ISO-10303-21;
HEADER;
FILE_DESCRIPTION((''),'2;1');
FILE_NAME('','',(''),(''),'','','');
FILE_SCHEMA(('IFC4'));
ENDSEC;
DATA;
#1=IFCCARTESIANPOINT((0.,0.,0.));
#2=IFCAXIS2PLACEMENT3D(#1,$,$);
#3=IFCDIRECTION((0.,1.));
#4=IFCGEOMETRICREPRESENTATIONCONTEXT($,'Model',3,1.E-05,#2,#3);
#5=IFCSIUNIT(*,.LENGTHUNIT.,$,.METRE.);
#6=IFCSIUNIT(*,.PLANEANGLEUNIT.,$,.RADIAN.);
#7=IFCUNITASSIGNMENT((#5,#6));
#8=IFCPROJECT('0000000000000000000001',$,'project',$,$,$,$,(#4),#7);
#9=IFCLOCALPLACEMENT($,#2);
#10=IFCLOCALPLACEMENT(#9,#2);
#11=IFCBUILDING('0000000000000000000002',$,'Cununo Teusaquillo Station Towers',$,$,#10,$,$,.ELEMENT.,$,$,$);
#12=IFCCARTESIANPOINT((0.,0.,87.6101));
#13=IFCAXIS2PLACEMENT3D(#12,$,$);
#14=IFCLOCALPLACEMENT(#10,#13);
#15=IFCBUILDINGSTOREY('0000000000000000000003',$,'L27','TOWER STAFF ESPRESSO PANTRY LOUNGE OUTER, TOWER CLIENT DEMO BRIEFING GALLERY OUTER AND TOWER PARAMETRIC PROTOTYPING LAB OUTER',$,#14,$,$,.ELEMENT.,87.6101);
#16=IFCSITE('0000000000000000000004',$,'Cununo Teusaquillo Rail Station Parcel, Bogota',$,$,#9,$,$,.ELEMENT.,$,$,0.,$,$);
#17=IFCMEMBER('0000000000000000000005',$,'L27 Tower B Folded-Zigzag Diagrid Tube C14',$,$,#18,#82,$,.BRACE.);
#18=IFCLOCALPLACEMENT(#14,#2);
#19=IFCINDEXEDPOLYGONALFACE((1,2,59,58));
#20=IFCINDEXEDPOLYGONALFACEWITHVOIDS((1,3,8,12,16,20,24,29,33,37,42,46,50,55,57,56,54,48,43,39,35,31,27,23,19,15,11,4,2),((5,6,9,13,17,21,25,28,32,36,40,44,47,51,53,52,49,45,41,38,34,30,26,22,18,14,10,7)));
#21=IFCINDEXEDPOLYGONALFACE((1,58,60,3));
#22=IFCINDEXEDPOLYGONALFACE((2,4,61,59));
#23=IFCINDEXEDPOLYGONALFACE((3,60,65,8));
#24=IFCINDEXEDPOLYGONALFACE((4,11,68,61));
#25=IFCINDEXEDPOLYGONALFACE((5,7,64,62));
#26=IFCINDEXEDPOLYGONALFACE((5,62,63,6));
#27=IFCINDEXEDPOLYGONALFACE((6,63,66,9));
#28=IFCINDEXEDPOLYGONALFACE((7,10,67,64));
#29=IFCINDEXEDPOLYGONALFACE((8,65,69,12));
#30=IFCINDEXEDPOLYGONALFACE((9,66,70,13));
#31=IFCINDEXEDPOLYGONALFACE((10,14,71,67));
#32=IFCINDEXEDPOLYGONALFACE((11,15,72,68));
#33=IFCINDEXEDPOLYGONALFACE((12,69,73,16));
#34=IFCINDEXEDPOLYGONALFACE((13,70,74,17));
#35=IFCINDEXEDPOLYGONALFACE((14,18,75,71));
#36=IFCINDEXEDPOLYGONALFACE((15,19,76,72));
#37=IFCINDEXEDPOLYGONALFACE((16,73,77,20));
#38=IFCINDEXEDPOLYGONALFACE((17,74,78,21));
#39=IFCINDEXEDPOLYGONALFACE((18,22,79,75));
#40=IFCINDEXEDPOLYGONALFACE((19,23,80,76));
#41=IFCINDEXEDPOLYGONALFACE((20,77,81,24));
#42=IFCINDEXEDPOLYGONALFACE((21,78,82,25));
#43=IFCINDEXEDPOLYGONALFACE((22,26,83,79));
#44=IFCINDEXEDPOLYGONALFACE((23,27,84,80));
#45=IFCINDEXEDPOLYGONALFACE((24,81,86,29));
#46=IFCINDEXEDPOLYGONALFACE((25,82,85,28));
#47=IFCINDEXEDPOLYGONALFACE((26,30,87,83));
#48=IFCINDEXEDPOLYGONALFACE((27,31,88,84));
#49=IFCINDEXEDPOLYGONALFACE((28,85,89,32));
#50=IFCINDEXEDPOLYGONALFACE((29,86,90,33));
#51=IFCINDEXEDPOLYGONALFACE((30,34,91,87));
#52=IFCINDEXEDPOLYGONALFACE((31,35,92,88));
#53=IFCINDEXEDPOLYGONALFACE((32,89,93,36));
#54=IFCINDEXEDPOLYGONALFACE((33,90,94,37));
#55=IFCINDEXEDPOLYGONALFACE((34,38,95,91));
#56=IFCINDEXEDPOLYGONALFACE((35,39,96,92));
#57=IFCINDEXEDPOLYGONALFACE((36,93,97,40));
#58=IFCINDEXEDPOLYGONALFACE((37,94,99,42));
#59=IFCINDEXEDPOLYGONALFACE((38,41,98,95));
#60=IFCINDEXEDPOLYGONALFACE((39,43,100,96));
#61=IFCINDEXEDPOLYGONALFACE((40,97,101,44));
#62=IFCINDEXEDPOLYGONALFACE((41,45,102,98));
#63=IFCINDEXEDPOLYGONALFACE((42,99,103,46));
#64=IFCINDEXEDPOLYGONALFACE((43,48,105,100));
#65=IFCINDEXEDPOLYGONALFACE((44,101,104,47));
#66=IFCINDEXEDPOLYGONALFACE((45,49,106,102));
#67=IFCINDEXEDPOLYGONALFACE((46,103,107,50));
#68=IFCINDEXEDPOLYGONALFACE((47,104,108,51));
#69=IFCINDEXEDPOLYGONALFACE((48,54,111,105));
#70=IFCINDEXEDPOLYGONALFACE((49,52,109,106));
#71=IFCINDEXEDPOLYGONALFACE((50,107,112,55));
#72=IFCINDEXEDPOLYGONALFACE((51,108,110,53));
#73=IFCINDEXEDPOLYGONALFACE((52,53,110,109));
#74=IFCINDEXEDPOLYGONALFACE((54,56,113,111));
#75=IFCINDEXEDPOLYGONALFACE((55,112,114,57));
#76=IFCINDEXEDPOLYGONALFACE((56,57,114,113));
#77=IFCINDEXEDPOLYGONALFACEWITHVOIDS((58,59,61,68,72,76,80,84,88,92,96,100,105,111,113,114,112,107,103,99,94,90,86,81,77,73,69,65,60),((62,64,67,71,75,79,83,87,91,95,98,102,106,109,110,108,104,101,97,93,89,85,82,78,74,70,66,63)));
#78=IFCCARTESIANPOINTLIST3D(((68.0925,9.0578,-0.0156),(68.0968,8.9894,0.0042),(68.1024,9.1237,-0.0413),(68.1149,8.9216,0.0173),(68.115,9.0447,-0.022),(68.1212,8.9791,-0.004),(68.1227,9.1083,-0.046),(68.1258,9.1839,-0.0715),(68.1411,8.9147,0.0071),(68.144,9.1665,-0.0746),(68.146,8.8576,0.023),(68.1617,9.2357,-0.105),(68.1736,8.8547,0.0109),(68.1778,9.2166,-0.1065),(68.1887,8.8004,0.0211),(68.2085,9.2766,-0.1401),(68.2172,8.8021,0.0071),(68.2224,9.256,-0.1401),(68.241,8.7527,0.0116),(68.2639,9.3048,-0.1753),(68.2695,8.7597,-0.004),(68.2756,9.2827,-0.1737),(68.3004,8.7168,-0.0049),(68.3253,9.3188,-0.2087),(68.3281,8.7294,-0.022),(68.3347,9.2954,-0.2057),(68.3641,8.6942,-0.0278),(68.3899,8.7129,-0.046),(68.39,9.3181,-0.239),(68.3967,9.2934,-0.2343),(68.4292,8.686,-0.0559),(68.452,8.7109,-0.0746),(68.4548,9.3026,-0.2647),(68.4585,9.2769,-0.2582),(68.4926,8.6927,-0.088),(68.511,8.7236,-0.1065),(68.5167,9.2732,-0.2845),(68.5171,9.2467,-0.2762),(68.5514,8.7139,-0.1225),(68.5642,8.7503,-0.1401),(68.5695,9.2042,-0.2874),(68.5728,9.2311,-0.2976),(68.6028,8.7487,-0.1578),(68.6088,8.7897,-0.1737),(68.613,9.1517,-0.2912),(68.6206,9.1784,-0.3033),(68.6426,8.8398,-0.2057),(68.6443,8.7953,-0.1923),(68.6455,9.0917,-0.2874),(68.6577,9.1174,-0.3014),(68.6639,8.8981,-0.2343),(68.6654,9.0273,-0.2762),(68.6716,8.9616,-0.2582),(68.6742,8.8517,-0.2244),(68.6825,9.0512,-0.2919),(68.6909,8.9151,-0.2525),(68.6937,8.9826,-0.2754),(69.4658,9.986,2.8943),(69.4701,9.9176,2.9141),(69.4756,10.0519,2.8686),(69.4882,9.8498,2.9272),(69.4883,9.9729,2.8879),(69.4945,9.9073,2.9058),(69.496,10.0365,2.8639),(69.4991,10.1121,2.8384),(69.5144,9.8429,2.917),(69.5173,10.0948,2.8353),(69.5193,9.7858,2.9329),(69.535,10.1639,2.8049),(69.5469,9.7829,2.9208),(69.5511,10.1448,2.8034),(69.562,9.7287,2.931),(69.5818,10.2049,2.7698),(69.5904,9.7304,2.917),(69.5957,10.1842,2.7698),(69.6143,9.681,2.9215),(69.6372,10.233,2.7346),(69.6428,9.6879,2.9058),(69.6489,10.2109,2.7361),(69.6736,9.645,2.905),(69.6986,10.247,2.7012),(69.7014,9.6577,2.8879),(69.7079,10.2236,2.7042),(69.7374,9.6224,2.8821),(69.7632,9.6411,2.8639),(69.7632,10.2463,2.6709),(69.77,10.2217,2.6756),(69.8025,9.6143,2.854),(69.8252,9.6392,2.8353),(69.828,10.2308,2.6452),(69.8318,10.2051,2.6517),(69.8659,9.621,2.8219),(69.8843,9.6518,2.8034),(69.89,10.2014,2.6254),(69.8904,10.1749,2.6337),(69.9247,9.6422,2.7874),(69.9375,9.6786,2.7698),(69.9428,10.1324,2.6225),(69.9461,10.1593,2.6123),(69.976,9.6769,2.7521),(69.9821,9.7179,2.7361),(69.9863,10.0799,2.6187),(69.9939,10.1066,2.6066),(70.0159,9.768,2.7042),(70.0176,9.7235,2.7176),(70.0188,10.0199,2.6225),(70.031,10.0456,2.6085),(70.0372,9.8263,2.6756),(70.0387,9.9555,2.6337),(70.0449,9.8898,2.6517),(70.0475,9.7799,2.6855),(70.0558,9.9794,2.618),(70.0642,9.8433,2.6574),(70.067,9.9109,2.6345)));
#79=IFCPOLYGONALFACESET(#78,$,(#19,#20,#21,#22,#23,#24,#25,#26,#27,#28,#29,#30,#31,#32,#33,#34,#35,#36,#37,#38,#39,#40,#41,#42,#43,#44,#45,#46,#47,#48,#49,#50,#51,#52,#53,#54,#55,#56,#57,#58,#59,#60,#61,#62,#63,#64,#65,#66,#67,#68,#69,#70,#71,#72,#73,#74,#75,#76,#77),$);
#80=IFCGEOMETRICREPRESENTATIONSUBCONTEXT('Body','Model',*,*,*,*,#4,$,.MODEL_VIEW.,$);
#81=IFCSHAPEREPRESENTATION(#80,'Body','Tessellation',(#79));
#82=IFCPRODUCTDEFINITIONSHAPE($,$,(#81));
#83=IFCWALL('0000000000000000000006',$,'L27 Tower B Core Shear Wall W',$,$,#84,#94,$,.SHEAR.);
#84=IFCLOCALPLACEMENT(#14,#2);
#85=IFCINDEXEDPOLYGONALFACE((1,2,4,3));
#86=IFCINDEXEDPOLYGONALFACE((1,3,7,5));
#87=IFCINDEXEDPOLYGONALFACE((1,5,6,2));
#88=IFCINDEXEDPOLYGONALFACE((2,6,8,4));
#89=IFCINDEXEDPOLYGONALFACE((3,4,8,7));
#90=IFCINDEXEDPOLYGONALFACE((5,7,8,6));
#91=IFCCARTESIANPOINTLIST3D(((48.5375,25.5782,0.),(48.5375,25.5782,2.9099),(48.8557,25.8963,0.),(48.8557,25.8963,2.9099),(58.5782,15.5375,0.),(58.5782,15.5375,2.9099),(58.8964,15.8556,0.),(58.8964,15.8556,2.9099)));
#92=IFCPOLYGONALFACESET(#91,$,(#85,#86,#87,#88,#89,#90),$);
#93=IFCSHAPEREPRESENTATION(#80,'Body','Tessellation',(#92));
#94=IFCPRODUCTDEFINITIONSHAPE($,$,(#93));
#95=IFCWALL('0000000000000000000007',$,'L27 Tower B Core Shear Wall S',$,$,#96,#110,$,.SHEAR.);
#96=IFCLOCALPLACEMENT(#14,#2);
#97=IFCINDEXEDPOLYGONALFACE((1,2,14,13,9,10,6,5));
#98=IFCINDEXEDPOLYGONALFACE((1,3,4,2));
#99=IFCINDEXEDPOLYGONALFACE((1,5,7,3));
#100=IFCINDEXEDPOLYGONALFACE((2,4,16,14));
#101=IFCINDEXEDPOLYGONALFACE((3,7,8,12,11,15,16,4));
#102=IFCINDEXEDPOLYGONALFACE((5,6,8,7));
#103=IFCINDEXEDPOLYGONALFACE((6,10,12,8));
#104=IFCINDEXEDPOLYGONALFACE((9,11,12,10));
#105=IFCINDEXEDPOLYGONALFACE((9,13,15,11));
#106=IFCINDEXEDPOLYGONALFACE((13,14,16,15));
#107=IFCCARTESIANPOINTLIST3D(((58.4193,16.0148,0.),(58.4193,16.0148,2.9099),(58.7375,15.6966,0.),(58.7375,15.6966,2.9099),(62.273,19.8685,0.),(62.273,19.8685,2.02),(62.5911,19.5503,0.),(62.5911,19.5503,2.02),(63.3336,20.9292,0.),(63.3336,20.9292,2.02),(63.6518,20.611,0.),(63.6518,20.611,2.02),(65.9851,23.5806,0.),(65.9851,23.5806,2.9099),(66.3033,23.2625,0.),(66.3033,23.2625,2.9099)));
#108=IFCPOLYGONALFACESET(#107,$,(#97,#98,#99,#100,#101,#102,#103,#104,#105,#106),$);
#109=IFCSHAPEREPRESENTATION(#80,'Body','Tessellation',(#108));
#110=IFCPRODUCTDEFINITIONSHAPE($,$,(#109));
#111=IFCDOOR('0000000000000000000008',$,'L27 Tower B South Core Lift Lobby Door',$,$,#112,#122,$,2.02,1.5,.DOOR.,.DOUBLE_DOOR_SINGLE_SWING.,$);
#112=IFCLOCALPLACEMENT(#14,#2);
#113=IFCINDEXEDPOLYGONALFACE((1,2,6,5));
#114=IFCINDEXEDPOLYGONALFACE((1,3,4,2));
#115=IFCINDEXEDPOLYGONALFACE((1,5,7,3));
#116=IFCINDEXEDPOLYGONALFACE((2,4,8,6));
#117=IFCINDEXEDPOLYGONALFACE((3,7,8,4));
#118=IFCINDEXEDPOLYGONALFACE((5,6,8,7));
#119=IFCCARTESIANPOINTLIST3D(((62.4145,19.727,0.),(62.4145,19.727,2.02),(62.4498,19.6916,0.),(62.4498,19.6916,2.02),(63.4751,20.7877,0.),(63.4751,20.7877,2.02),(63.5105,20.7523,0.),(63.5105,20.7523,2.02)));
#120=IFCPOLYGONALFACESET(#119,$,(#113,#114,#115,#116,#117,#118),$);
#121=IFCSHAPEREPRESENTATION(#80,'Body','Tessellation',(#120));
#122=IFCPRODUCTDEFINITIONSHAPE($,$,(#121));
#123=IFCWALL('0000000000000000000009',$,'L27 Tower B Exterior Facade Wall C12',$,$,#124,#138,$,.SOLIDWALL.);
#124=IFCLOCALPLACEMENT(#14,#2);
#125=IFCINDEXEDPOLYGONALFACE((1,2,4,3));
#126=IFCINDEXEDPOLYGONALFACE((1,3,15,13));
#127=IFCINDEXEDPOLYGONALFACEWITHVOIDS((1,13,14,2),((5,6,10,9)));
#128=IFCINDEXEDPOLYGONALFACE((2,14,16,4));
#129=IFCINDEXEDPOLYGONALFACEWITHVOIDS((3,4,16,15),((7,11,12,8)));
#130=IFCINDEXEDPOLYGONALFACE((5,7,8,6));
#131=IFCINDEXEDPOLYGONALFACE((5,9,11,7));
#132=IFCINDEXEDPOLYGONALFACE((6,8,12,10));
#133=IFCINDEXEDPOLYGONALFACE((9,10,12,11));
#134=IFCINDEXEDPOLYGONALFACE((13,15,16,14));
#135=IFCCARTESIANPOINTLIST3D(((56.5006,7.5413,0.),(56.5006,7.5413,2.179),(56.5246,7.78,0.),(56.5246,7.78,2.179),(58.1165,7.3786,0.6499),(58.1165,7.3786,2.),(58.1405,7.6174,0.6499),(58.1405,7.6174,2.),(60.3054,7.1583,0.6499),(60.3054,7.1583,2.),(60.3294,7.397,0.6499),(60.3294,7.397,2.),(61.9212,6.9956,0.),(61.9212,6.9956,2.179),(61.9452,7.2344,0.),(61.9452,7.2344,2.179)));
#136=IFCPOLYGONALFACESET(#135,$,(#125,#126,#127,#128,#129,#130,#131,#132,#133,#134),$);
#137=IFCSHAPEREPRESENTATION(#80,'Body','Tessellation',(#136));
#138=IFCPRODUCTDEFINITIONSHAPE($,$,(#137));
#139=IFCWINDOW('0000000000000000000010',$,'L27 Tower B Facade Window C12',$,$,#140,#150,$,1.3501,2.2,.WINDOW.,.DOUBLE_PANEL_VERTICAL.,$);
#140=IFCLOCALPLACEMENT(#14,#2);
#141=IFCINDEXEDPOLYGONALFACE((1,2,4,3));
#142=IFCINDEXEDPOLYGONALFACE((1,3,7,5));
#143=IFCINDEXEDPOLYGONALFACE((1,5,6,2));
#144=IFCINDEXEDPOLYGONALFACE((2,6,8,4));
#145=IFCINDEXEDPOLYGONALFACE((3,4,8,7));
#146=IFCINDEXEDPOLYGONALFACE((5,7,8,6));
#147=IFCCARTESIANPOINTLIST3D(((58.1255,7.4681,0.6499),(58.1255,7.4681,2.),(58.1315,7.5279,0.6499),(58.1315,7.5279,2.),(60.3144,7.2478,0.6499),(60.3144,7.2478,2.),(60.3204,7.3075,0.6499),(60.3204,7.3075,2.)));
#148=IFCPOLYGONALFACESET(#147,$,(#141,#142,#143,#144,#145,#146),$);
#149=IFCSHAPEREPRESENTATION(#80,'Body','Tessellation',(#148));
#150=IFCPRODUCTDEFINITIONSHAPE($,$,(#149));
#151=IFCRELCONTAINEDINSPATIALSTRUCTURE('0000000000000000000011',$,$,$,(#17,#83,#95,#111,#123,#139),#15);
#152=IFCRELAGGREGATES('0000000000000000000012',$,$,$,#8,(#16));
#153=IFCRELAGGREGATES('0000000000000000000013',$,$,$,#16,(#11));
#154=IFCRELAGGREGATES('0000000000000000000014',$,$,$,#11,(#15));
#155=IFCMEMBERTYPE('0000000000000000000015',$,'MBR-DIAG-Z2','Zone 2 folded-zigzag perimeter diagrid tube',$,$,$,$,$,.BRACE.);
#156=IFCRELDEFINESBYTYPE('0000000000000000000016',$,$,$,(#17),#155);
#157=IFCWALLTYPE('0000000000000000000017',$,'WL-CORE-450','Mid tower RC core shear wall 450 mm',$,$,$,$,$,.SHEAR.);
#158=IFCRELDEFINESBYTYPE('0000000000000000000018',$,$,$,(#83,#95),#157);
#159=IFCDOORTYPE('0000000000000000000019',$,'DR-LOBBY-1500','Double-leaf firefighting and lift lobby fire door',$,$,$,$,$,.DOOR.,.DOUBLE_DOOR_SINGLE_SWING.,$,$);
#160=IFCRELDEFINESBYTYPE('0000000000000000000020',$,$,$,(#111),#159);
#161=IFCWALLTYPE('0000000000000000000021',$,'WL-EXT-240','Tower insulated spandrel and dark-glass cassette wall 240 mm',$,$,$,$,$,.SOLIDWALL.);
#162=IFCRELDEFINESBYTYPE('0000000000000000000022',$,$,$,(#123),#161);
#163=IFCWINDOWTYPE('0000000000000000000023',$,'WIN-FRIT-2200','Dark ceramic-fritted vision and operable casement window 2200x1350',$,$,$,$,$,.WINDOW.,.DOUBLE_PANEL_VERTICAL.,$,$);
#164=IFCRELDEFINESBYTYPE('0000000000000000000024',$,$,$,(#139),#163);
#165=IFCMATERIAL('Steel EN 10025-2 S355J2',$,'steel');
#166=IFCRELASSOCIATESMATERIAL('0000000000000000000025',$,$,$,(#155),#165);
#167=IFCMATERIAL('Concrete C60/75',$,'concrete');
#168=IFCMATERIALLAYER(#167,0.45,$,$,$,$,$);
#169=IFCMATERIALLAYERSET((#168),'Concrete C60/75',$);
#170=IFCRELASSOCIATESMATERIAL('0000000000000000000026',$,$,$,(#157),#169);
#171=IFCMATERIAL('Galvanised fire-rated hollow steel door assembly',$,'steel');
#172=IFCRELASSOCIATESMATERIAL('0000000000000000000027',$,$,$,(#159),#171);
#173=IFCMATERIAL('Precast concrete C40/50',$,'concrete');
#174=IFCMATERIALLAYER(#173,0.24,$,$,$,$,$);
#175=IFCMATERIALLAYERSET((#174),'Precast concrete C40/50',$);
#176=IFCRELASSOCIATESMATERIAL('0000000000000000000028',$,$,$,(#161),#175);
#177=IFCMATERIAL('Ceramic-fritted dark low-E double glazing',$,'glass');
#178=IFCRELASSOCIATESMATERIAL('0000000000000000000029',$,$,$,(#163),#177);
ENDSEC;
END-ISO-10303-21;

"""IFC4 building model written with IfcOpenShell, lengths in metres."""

from ifc_helpers import new_model, si_unit, direction, frame, frame_2d, origin, origin_2d, place, context, subcontext, project, spatial, rectangle, hollow_circle, extrude, source, transform, mapped, material, layer, layer_set, material_profile, profile_set, type_object, element, fill, save


model = new_model("IFC4")

# Units and contexts
model_context = context("Model", 3, precision=1e-05, world=origin(), true_north=direction((0.0, 1.0)))
body_context = subcontext(model_context, "Body", "Model", "MODEL_VIEW")
ifc_project = project(units=[si_unit("LENGTHUNIT", "METRE"), si_unit("PLANEANGLEUNIT", "RADIAN")], contexts=[model_context])

# Site, building, storey
site_placement = place(None, origin())
site = spatial("IfcSite", under=ifc_project, at=site_placement, Name="Cununo Teusaquillo Rail Station Parcel, Bogota", CompositionType="ELEMENT", RefElevation=0.0)
building_placement = place(site_placement, origin())
building = spatial("IfcBuilding", under=site, at=building_placement, Name="Cununo Teusaquillo Station Towers", CompositionType="ELEMENT")
storey_placement = place(building_placement, frame((0.0, 0.0, 87.6101)))
storey = spatial("IfcBuildingStorey", under=building, at=storey_placement, Name="L27", Description="TOWER STAFF ESPRESSO PANTRY LOUNGE OUTER, TOWER CLIENT DEMO BRIEFING GALLERY OUTER AND TOWER PARAMETRIC PROTOTYPING LAB OUTER", CompositionType="ELEMENT", Elevation=87.6101)

# Member
ifc_material_1 = material(Name="Steel EN 10025-2 S355J2", Category="steel")
ifc_material_profile_1 = material_profile(ifc_material_1, hollow_circle(Radius=0.3301, WallThickness=0.0249, at=origin_2d()), Name="CHS 660x25")
ifc_profile_set_1 = profile_set([ifc_material_profile_1], Name="Steel EN 10025-2 S355J2")
member_type = type_object("IfcMemberType", Name="MBR-DIAG-Z2", Description="Zone 2 folded-zigzag perimeter diagrid tube", PredefinedType="BRACE", material=ifc_profile_set_1)
member_placement = place(storey_placement, frame((68.3933, 9.0032, -0.1401), z_axis=(0.410073, 0.277173, 0.868916), x_axis=(-0.559991, 0.828498, 0.0)))
element("IfcMember", 1, at=member_placement, inside=storey, type_object=member_type, Name="L27 Tower B Folded-Zigzag Diagrid Tube C14", PredefinedType="BRACE", context=body_context, shape_type="SweptSolid", body=[
    extrude(hollow_circle(Radius=0.3301, WallThickness=0.0249, at=origin_2d()), origin(), (0.0, 0.0, 1.0), 3.3489),
])

# Wall
ifc_material_2 = material(Name="Concrete C60/75", Category="concrete")
ifc_layer_1 = layer(ifc_material_2, 0.45)
ifc_layer_set_1 = layer_set([ifc_layer_1], Name="Concrete C60/75")
wall_type_1 = type_object("IfcWallType", Name="WL-CORE-450", Description="Mid tower RC core shear wall 450 mm", PredefinedType="SHEAR", material=ifc_layer_set_1)
wall_1_placement = place(storey_placement, frame((58.7373, 15.6965, 0.0), z_axis=(0.0, 0.0, 1.0), x_axis=(-0.707107, 0.707107, 0.0)))
element("IfcWall", 2, at=wall_1_placement, inside=storey, type_object=wall_type_1, Name="L27 Tower B Core Shear Wall W", PredefinedType="SHEAR", context=body_context, shape_type="SweptSolid", body=[
    extrude(rectangle(XDim=14.1997, YDim=0.45, at=frame_2d((7.0999, 0.0))), origin(), (0.0, 0.0, 1.0), 2.9099),
])

# Wall, opening, door
wall_2_placement = place(storey_placement, frame((58.5784, 15.8557, 0.0), z_axis=(0.0, 0.0, 1.0), x_axis=(0.707107, 0.707107, 0.0)))
wall_2 = element("IfcWall", 3, at=wall_2_placement, inside=storey, type_object=wall_type_1, Name="L27 Tower B Core Shear Wall S", PredefinedType="SHEAR", context=body_context, shape_type="SweptSolid", body=[
    extrude(rectangle(XDim=10.6997, YDim=0.45, at=frame_2d((5.3499, 0.0))), origin(), (0.0, 0.0, 1.0), 2.9099),
])
shared_shape_1 = source(origin(), body_context, "Body", "SweptSolid", [
    extrude(rectangle(XDim=1.5, YDim=2.02, at=frame_2d((0.75, 1.01))), frame((0.0, 0.2349, 0.0), z_axis=(0.0, -1.0, 0.0), x_axis=(1.0, 0.0, 0.0)), (0.0, 0.0, 1.0), 0.47),
])
opening_1_placement = place(wall_2_placement, frame((5.45, 0.0, 0.0)))
opening_1 = element("IfcOpeningElement", 4, at=opening_1_placement, cuts=wall_2, PredefinedType="OPENING", context=body_context, shape_type="MappedRepresentation", body=[
    mapped(shared_shape_1, transform((0.0, 0.0, 0.0), x_axis=(1.0, 0.0, 0.0), y_axis=(0.0, 1.0, 0.0), z_axis=(0.0, 0.0, 1.0), scale=1.0)),
])
ifc_material_3 = material(Name="Galvanised fire-rated hollow steel door assembly", Category="steel")
door_type_1 = type_object("IfcDoorType", Name="DR-LOBBY-1500", Description="Double-leaf firefighting and lift lobby fire door", OperationType="DOUBLE_DOOR_SINGLE_SWING", PredefinedType="DOOR", material=ifc_material_3)
shared_shape_2 = source(origin(), body_context, "Body", "SweptSolid", [
    extrude(rectangle(XDim=1.5, YDim=2.02, at=frame_2d((0.75, 1.01))), frame((0.0, 0.0249, 0.0), z_axis=(0.0, -1.0, 0.0), x_axis=(1.0, 0.0, 0.0)), (0.0, 0.0, 1.0), 0.05),
])
door_1_placement = place(opening_1_placement, origin())
door_1 = element("IfcDoor", 5, at=door_1_placement, inside=storey, type_object=door_type_1, Name="L27 Tower B South Core Lift Lobby Door", OperationType="DOUBLE_DOOR_SINGLE_SWING", OverallHeight=2.02, OverallWidth=1.5, PredefinedType="DOOR", context=body_context, shape_type="MappedRepresentation", body=[
    mapped(shared_shape_2, transform((0.0, 0.0, 0.0), x_axis=(1.0, 0.0, 0.0), y_axis=(0.0, 1.0, 0.0), z_axis=(0.0, 0.0, 1.0), scale=1.0)),
])
fill(opening_1, door_1)

# Wall, opening, window
ifc_material_4 = material(Name="Precast concrete C40/50", Category="concrete")
ifc_layer_2 = layer(ifc_material_4, 0.24)
ifc_layer_set_2 = layer_set([ifc_layer_2], Name="Precast concrete C40/50")
wall_type_2 = type_object("IfcWallType", Name="WL-EXT-240", Description="Tower insulated spandrel and dark-glass cassette wall 240 mm", PredefinedType="SOLIDWALL", material=ifc_layer_set_2)
wall_3_placement = place(storey_placement, frame((61.9333, 7.115, 0.0), z_axis=(0.0, 0.0, 1.0), x_axis=(-0.994972, 0.100156, 0.0)))
wall_3 = element("IfcWall", 6, at=wall_3_placement, inside=storey, type_object=wall_type_2, Name="L27 Tower B Exterior Facade Wall C12", PredefinedType="SOLIDWALL", context=body_context, shape_type="SweptSolid", body=[
    extrude(rectangle(XDim=5.448, YDim=0.24, at=frame_2d((2.7241, 0.0))), origin(), (0.0, 0.0, 1.0), 2.179),
])
shared_shape_3 = source(origin(), body_context, "Body", "SweptSolid", [
    extrude(rectangle(XDim=2.2, YDim=1.3501, at=frame_2d((1.1001, 0.675))), frame((0.0, 0.1299, 0.0), z_axis=(0.0, -1.0, 0.0), x_axis=(1.0, 0.0, 0.0)), (0.0, 0.0, 1.0), 0.26),
])
opening_2_placement = place(wall_3_placement, frame((1.624, 0.0, 0.6499)))
opening_2 = element("IfcOpeningElement", 7, at=opening_2_placement, cuts=wall_3, PredefinedType="OPENING", context=body_context, shape_type="MappedRepresentation", body=[
    mapped(shared_shape_3, transform((0.0, 0.0, 0.0), x_axis=(1.0, 0.0, 0.0), y_axis=(0.0, 1.0, 0.0), z_axis=(0.0, 0.0, 1.0), scale=1.0)),
])
ifc_material_5 = material(Name="Ceramic-fritted dark low-E double glazing", Category="glass")
window_type_1 = type_object("IfcWindowType", Name="WIN-FRIT-2200", Description="Dark ceramic-fritted vision and operable casement window 2200x1350", PartitioningType="DOUBLE_PANEL_VERTICAL", PredefinedType="WINDOW", material=ifc_material_5)
shared_shape_4 = source(origin(), body_context, "Body", "SweptSolid", [
    extrude(rectangle(XDim=2.2, YDim=1.3501, at=frame_2d((1.1001, 0.675))), frame((0.0, 0.03, 0.0), z_axis=(0.0, -1.0, 0.0), x_axis=(1.0, 0.0, 0.0)), (0.0, 0.0, 1.0), 0.0601),
])
window_1_placement = place(opening_2_placement, origin())
window_1 = element("IfcWindow", 8, at=window_1_placement, inside=storey, type_object=window_type_1, Name="L27 Tower B Facade Window C12", OverallHeight=1.3501, OverallWidth=2.2, PartitioningType="DOUBLE_PANEL_VERTICAL", PredefinedType="WINDOW", context=body_context, shape_type="MappedRepresentation", body=[
    mapped(shared_shape_4, transform((0.0, 0.0, 0.0), x_axis=(1.0, 0.0, 0.0), y_axis=(0.0, 1.0, 0.0), z_axis=(0.0, 0.0, 1.0), scale=1.0)),
])
fill(opening_2, window_1)

save(model, "model.ifc")
